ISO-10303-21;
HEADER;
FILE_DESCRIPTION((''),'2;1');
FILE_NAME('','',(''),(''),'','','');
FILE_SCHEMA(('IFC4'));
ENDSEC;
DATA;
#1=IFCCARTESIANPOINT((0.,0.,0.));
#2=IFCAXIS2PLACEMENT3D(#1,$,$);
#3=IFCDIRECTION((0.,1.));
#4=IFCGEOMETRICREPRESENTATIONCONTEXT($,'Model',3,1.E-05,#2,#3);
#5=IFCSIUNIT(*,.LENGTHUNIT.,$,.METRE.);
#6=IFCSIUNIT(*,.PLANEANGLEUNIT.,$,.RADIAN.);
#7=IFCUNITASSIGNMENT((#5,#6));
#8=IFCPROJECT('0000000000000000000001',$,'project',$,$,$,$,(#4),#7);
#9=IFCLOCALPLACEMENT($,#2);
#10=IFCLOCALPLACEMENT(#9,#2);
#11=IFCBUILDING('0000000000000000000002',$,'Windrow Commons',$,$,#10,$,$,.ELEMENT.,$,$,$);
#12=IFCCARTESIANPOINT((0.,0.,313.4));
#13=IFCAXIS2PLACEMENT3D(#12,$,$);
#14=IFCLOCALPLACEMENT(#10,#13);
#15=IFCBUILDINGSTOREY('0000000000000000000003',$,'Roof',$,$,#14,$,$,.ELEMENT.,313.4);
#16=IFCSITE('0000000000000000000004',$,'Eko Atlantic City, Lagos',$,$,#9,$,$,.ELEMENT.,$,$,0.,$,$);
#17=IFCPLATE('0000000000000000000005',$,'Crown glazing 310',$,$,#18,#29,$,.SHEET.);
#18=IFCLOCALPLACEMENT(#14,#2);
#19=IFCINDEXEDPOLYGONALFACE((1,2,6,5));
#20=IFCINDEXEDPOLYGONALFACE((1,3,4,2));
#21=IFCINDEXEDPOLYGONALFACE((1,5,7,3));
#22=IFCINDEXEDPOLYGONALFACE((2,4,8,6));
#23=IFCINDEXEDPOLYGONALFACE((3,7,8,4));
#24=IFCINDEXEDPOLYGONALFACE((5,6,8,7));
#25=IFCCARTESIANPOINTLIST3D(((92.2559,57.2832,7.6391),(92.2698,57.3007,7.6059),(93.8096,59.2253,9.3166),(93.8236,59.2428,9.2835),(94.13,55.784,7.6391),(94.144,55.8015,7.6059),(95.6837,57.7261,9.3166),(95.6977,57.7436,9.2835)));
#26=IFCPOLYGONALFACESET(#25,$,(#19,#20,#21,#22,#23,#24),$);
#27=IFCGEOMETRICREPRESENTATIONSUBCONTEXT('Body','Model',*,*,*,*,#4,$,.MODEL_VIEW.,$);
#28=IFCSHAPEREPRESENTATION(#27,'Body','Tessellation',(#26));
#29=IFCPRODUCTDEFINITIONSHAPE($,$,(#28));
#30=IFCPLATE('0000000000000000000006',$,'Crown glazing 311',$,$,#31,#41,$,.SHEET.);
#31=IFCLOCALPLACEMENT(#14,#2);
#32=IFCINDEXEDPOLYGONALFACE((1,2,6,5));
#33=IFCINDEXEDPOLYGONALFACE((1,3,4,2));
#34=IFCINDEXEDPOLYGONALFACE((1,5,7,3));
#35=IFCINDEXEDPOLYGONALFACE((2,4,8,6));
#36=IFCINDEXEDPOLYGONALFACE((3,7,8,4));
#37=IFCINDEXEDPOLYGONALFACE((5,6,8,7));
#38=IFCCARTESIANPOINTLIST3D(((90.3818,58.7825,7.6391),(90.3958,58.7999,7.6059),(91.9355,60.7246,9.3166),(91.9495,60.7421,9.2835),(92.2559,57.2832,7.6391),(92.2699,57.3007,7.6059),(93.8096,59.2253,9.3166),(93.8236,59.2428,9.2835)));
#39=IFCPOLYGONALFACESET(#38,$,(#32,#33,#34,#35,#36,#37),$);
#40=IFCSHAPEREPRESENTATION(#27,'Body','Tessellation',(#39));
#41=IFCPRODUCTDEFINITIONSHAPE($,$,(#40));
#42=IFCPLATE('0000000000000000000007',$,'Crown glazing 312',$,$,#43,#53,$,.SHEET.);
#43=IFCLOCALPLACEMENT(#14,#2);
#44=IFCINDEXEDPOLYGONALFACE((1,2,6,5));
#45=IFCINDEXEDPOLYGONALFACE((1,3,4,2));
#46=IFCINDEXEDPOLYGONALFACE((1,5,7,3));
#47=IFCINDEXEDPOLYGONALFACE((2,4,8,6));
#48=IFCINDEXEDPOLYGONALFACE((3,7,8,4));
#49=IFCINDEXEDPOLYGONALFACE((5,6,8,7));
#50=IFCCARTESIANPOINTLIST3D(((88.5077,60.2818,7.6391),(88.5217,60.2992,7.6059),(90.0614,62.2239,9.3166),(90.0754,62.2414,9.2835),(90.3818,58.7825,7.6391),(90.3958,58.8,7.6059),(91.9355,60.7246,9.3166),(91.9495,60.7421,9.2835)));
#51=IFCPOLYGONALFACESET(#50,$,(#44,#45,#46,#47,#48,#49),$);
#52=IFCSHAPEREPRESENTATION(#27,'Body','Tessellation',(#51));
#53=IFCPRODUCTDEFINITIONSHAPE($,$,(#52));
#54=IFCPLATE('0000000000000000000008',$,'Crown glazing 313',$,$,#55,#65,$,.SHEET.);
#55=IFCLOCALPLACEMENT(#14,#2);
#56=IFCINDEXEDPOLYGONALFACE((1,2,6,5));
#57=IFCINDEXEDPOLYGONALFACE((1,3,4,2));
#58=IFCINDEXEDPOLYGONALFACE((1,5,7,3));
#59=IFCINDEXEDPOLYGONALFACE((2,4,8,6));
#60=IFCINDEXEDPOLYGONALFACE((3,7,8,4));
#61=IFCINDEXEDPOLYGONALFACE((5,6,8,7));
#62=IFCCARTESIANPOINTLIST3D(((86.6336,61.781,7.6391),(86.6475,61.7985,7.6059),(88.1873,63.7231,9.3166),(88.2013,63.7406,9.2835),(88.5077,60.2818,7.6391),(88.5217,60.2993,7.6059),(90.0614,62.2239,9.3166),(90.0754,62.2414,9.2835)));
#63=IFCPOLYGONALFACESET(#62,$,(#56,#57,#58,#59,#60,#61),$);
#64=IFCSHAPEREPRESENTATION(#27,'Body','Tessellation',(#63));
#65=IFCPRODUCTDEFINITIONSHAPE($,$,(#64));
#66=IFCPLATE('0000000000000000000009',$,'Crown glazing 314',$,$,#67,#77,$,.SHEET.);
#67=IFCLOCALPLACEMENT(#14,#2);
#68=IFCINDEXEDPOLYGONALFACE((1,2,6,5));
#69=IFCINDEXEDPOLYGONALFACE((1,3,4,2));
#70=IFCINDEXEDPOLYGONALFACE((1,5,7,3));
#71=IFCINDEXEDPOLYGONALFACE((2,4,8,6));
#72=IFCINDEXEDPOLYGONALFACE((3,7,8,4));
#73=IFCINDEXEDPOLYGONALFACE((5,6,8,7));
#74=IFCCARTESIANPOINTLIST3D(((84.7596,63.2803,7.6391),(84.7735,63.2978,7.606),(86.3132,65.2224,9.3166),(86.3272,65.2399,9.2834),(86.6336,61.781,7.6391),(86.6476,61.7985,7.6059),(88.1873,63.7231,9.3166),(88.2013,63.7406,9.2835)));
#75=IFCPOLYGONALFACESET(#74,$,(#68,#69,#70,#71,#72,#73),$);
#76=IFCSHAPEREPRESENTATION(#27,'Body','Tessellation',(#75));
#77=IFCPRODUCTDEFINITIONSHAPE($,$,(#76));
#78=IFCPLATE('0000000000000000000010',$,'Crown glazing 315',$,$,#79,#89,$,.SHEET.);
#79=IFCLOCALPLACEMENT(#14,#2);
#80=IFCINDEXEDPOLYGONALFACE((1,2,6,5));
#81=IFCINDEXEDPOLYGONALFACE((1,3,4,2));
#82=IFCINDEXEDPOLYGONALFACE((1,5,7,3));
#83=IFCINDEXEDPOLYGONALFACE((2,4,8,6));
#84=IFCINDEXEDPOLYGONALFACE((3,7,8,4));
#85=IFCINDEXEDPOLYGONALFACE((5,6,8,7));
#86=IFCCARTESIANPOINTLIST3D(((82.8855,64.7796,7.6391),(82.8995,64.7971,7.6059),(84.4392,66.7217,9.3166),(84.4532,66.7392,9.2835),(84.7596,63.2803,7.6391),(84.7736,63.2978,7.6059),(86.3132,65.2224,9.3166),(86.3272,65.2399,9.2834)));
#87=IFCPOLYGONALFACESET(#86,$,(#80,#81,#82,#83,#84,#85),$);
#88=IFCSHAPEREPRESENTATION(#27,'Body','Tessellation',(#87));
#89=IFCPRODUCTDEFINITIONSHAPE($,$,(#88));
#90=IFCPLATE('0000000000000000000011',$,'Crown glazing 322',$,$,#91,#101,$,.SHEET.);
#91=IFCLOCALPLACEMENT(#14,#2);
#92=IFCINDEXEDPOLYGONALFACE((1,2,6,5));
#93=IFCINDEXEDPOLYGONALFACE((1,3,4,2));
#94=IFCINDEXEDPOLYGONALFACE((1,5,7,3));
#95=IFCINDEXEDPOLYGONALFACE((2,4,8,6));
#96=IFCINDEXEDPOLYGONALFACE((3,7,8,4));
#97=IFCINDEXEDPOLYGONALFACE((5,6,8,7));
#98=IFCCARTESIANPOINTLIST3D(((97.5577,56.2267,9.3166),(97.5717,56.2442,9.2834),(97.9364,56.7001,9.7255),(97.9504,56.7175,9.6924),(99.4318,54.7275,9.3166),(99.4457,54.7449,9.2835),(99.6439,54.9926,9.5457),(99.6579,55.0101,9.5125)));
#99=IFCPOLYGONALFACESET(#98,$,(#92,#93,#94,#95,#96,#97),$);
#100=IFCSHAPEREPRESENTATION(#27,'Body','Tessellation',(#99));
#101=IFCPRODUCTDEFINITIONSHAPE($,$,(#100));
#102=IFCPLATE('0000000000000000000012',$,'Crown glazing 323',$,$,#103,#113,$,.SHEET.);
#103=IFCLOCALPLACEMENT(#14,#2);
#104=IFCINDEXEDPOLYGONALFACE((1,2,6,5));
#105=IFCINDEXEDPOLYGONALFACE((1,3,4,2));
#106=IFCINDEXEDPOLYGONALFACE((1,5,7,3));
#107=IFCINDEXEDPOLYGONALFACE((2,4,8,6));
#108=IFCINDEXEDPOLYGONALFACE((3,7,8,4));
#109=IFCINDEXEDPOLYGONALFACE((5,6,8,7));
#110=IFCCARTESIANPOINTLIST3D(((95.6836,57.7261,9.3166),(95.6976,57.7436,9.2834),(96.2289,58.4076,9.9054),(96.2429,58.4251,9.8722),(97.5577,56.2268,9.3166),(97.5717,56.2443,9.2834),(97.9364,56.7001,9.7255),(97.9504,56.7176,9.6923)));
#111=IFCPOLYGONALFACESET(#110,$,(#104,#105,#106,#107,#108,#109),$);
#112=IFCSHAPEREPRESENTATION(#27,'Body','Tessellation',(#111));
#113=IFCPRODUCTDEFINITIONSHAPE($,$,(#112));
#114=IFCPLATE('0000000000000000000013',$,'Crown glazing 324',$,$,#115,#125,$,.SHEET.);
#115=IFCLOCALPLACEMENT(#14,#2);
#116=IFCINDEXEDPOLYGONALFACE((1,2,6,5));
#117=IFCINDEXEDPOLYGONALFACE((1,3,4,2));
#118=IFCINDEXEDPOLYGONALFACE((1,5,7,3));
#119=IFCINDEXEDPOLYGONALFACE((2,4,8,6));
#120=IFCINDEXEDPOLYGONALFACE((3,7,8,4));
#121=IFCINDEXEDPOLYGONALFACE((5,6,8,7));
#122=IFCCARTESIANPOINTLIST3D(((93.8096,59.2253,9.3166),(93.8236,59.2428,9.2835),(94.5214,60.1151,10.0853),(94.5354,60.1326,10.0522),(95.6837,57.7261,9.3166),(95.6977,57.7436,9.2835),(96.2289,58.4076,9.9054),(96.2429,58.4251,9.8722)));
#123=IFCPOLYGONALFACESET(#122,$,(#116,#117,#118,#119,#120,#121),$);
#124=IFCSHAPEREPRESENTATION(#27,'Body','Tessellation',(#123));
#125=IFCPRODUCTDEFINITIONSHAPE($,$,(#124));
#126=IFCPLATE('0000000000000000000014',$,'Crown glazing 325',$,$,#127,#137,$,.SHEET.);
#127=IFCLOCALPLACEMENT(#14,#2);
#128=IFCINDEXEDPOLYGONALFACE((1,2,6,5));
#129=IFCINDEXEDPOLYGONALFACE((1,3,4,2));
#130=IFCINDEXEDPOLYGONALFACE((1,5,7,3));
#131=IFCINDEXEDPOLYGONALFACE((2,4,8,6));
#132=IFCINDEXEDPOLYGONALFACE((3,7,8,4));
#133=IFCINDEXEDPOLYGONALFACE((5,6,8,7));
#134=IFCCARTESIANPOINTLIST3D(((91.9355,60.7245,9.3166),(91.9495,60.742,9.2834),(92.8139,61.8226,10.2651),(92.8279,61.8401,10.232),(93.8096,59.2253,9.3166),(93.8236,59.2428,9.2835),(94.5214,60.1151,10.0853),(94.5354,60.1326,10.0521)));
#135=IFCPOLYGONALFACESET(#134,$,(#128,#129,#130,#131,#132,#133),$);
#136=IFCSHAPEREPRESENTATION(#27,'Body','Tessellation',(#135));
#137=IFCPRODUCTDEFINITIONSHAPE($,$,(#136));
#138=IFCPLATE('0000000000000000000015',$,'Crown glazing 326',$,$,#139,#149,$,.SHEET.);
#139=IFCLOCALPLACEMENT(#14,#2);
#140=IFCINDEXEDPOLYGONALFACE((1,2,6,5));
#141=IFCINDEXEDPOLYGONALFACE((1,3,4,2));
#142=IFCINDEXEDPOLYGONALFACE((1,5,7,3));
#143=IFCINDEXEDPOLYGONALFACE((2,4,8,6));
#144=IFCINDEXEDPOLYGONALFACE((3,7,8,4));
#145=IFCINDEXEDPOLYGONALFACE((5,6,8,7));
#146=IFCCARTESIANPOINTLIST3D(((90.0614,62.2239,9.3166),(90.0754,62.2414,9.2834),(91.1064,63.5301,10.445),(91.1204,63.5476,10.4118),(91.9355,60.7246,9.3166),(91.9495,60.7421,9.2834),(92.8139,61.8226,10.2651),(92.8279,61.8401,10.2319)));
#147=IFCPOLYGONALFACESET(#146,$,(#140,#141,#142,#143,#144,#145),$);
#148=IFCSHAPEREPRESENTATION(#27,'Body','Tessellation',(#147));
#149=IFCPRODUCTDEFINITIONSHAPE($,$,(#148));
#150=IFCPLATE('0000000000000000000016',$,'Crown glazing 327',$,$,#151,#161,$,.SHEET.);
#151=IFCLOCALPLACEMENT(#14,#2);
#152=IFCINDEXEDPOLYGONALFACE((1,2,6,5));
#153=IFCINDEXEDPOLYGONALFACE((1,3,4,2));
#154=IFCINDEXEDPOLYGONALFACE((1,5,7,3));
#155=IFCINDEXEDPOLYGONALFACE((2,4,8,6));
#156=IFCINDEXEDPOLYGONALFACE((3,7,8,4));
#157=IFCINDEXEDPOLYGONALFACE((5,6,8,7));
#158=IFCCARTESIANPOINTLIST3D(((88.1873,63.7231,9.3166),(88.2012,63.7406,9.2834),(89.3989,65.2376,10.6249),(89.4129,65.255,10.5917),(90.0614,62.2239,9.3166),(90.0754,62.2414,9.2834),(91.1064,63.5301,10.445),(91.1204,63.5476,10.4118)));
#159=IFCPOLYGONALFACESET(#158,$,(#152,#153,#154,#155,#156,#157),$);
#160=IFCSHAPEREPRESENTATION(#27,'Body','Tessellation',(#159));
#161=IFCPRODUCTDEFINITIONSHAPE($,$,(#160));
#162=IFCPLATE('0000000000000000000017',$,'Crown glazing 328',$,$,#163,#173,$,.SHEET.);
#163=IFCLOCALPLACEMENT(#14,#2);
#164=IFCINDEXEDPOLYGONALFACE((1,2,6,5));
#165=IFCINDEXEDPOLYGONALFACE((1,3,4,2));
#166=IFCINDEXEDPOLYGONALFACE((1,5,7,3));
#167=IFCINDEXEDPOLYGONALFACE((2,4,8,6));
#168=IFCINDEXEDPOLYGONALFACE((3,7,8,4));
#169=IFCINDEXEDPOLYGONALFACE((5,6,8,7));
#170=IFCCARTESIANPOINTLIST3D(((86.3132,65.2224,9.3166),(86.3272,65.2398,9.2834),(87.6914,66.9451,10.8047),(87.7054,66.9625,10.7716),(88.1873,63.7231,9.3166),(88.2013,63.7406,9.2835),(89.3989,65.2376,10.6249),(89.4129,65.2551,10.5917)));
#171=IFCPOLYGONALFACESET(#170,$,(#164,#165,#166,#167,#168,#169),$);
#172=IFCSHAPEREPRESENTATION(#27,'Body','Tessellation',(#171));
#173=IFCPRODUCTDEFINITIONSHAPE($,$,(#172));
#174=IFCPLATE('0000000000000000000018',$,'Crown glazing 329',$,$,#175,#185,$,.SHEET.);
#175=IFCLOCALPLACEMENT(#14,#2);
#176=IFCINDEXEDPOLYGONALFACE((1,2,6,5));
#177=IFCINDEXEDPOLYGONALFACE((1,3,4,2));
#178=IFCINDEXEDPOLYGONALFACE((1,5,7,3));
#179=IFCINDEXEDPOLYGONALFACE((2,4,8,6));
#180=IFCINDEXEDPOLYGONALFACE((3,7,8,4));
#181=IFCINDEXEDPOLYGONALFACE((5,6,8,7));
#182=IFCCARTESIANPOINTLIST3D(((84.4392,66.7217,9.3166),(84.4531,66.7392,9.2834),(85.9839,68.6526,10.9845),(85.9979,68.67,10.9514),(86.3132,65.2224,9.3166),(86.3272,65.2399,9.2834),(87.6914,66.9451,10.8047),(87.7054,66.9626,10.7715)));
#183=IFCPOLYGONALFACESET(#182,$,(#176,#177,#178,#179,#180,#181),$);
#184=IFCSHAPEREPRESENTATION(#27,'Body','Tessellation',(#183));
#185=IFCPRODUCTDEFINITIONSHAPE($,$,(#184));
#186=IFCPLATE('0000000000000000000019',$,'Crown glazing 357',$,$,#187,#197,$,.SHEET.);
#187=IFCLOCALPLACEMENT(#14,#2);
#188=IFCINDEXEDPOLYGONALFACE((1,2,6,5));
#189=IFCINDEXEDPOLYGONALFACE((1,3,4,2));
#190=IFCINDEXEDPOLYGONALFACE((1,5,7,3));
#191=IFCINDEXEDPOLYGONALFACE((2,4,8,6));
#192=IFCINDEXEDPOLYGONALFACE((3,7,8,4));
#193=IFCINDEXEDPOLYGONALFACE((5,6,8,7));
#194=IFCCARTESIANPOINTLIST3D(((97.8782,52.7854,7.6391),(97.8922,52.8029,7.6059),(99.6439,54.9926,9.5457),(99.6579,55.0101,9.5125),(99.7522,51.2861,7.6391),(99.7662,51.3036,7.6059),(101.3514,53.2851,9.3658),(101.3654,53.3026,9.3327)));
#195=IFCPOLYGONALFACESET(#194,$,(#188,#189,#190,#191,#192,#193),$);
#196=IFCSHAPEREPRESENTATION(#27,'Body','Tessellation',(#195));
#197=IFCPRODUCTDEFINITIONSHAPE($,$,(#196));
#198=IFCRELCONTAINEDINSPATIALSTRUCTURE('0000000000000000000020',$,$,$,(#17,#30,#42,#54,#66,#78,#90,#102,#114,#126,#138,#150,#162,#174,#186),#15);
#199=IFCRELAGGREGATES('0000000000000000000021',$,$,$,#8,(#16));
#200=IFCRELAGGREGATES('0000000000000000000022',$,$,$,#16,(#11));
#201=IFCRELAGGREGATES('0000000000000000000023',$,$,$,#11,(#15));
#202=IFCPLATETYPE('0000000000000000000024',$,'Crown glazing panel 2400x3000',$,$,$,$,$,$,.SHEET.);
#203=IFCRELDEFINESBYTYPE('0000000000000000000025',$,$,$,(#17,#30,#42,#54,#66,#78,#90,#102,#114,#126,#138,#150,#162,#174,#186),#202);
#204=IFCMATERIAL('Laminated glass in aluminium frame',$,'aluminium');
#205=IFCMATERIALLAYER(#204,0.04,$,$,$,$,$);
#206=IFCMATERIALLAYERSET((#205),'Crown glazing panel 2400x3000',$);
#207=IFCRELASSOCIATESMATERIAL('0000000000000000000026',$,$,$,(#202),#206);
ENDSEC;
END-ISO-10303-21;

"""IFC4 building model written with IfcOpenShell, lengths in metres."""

from ifc_helpers import new_model, si_unit, direction, frame, origin, place, context, subcontext, project, spatial, polyline, outline, extrude, material, layer, layer_set, type_object, element, save


model = new_model("IFC4")

# Units and contexts
model_context = context("Model", 3, precision=1e-05, world=origin(), true_north=direction((0.0, 1.0)))
body_context = subcontext(model_context, "Body", "Model", "MODEL_VIEW")
ifc_project = project(units=[si_unit("LENGTHUNIT", "METRE"), si_unit("PLANEANGLEUNIT", "RADIAN")], contexts=[model_context])

# Site, building, storey
site_placement = place(None, origin())
site = spatial("IfcSite", under=ifc_project, at=site_placement, Name="Eko Atlantic City, Lagos", CompositionType="ELEMENT", RefElevation=0.0)
building_placement = place(site_placement, origin())
building = spatial("IfcBuilding", under=site, at=building_placement, Name="Windrow Commons", CompositionType="ELEMENT")
storey_placement = place(building_placement, frame((0.0, 0.0, 313.4)))
storey = spatial("IfcBuildingStorey", under=building, at=storey_placement, Name="Roof", CompositionType="ELEMENT", Elevation=313.4)

# Plates
ifc_material_1 = material(Name="Laminated glass in aluminium frame", Category="aluminium")
ifc_layer = layer(ifc_material_1, 0.04)
ifc_layer_set = layer_set([ifc_layer], Name="Crown glazing panel 2400x3000")
plate_type = type_object("IfcPlateType", Name="Crown glazing panel 2400x3000", PredefinedType="SHEET", material=ifc_layer_set)
plate_1_placement = place(storey_placement, frame((94.13, 55.784, 7.6391), z_axis=(-0.349302, -0.436651, 0.82905), x_axis=(-0.780885, 0.624675, 0.0)))
element("IfcPlate", 1, at=plate_1_placement, inside=storey, type_object=plate_type, Name="Crown glazing 310", PredefinedType="SHEET", context=body_context, shape_type="SweptSolid", body=[
    extrude(outline(polyline([(0.0, 0.0), (2.4, 0.0), (2.3999, -3.0), (-0.0001, -3.0), (0.0, 0.0)])), origin(), (0.0, 0.0, -1.0), 0.04),
])
for number, where, z_axis, x_axis, name in (
    (2, (92.2559, 57.2832, 7.6391), (-0.349316, -0.43664, 0.82905), (-0.780865, 0.6247, 0.0), "Crown glazing 311"),
    (3, (90.3818, 58.7825, 7.6391), (-0.349316, -0.43664, 0.82905), (-0.780865, 0.6247, 0.0), "Crown glazing 312"),
):
    element("IfcPlate", number, at=place(storey_placement, frame(where, z_axis=z_axis, x_axis=x_axis)), inside=storey, type_object=plate_type, Name=name, PredefinedType="SHEET", context=body_context, shape_type="SweptSolid", body=[
        extrude(outline(polyline([(0.0, 0.0), (2.4, 0.0), (2.4, -3.0), (0.0, -3.0), (0.0, 0.0)])), origin(), (0.0, 0.0, -1.0), 0.04),
    ])
plate_2_placement = place(storey_placement, frame((88.5077, 60.2818, 7.6391), z_axis=(-0.349302, -0.436651, 0.82905), x_axis=(-0.780885, 0.624675, 0.0)))
element("IfcPlate", 4, at=plate_2_placement, inside=storey, type_object=plate_type, Name="Crown glazing 313", PredefinedType="SHEET", context=body_context, shape_type="SweptSolid", body=[
    extrude(outline(polyline([(0.0, 0.0), (2.4, 0.0), (2.3999, -3.0), (-0.0001, -3.0), (0.0, 0.0)])), origin(), (0.0, 0.0, -1.0), 0.04),
])
plate_3_placement = place(storey_placement, frame((86.6336, 61.781, 7.6391), z_axis=(-0.349325, -0.436639, 0.829047), x_axis=(-0.780851, 0.624717, 0.000006)))
element("IfcPlate", 5, at=plate_3_placement, inside=storey, type_object=plate_type, Name="Crown glazing 314", PredefinedType="SHEET", context=body_context, shape_type="SweptSolid", body=[
    extrude(outline(polyline([(0.0, 0.0), (2.4, 0.0), (2.4001, -2.9999), (0.0001, -3.0), (0.0, 0.0)])), origin(), (0.0, 0.0, -1.0), 0.04),
])
plate_4_placement = place(storey_placement, frame((84.7596, 63.2803, 7.6391), z_axis=(-0.349325, -0.436639, 0.829047), x_axis=(-0.780862, 0.624703, -0.000006)))
element("IfcPlate", 6, at=plate_4_placement, inside=storey, type_object=plate_type, Name="Crown glazing 315", PredefinedType="SHEET", context=body_context, shape_type="SweptSolid", body=[
    extrude(outline(polyline([(0.0, 0.0), (2.4, 0.0), (2.4, -3.0), (0.0001, -2.9999), (0.0, 0.0)])), origin(), (0.0, 0.0, -1.0), 0.04),
])
plate_5_placement = place(storey_placement, frame((99.6439, 54.9926, 9.5457), z_axis=(-0.349395, -0.43671, 0.82898), x_axis=(-0.517889, -0.647301, -0.559278)))
element("IfcPlate", 7, at=plate_5_placement, inside=storey, type_object=plate_type, Name="Crown glazing 322", PredefinedType="SHEET", context=body_context, shape_type="SweptSolid", body=[
    extrude(outline(polyline([(0.0, 0.0), (0.4096, 0.0), (0.4097, -2.4), (-0.3215, -2.4), (0.0, 0.0)])), origin(), (0.0, 0.0, -1.0), 0.04),
])
plate_6_placement = place(storey_placement, frame((97.9364, 56.7001, 9.7255), z_axis=(-0.349372, -0.436701, 0.828994), x_axis=(-0.517919, -0.647296, -0.559257)))
element("IfcPlate", 8, at=plate_6_placement, inside=storey, type_object=plate_type, Name="Crown glazing 323", PredefinedType="SHEET", context=body_context, shape_type="SweptSolid", body=[
    extrude(outline(polyline([(0.0, 0.0), (0.7312, 0.0), (0.7313, -2.4), (-0.3215, -2.4), (0.0, 0.0)])), origin(), (0.0, 0.0, -1.0), 0.04),
])
plate_7_placement = place(storey_placement, frame((96.2289, 58.4076, 9.9054), z_axis=(-0.349362, -0.436714, 0.828992), x_axis=(-0.517867, -0.647334, -0.559261)))
element("IfcPlate", 9, at=plate_7_placement, inside=storey, type_object=plate_type, Name="Crown glazing 324", PredefinedType="SHEET", context=body_context, shape_type="SweptSolid", body=[
    extrude(outline(polyline([(0.0, 0.0), (1.0528, 0.0), (1.0528, -2.4), (-0.3217, -2.4), (0.0, 0.0)])), origin(), (0.0, 0.0, -1.0), 0.04),
])
plate_8_placement = place(storey_placement, frame((94.5214, 60.1151, 10.0853), z_axis=(-0.349362, -0.436676, 0.829012), x_axis=(-0.517862, -0.647364, -0.559231)))
element("IfcPlate", 10, at=plate_8_placement, inside=storey, type_object=plate_type, Name="Crown glazing 325", PredefinedType="SHEET", context=body_context, shape_type="SweptSolid", body=[
    extrude(outline(polyline([(0.0, 0.0), (1.3745, 0.0), (1.3745, -2.4), (-0.3217, -2.4), (0.0, 0.0)])), origin(), (0.0, 0.0, -1.0), 0.04),
])
plate_9_placement = place(storey_placement, frame((92.8139, 61.8226, 10.2651), z_axis=(-0.349342, -0.436679, 0.829018), x_axis=(-0.517884, -0.647355, -0.559221)))
element("IfcPlate", 11, at=plate_9_placement, inside=storey, type_object=plate_type, Name="Crown glazing 326", PredefinedType="SHEET", context=body_context, shape_type="SweptSolid", body=[
    extrude(outline(polyline([(0.0, 0.0), (1.6961, 0.0), (1.6961, -2.4), (-0.3217, -2.4), (0.0, 0.0)])), origin(), (0.0, 0.0, -1.0), 0.04),
])
plate_10_placement = place(storey_placement, frame((91.1064, 63.5301, 10.445), z_axis=(-0.349335, -0.436685, 0.829018), x_axis=(-0.517896, -0.647345, -0.559222)))
element("IfcPlate", 12, at=plate_10_placement, inside=storey, type_object=plate_type, Name="Crown glazing 327", PredefinedType="SHEET", context=body_context, shape_type="SweptSolid", body=[
    extrude(outline(polyline([(0.0, 0.0), (2.0178, 0.0), (2.0179, -2.4), (-0.3216, -2.4), (0.0, 0.0)])), origin(), (0.0, 0.0, -1.0), 0.04),
])
plate_11_placement = place(storey_placement, frame((89.3989, 65.2376, 10.6249), z_axis=(-0.349347, -0.436659, 0.829027), x_axis=(-0.517889, -0.647361, -0.559209)))
element("IfcPlate", 13, at=plate_11_placement, inside=storey, type_object=plate_type, Name="Crown glazing 328", PredefinedType="SHEET", context=body_context, shape_type="SweptSolid", body=[
    extrude(outline(polyline([(0.0, 0.0), (2.3395, 0.0), (2.3395, -2.4), (-0.3216, -2.4), (0.0, 0.0)])), origin(), (0.0, 0.0, -1.0), 0.04),
])
plate_12_placement = place(storey_placement, frame((87.6914, 66.9451, 10.8047), z_axis=(-0.34934, -0.436666, 0.829026), x_axis=(-0.517898, -0.647353, -0.55921)))
element("IfcPlate", 14, at=plate_12_placement, inside=storey, type_object=plate_type, Name="Crown glazing 329", PredefinedType="SHEET", context=body_context, shape_type="SweptSolid", body=[
    extrude(outline(polyline([(0.0, 0.0), (2.6611, 0.0), (2.6611, -2.4), (-0.3216, -2.4), (0.0, 0.0)])), origin(), (0.0, 0.0, -1.0), 0.04),
])
plate_13_placement = place(storey_placement, frame((97.8782, 52.7854, 7.6391), z_axis=(-0.349331, -0.436657, 0.829035), x_axis=(0.517883, 0.647376, 0.559197)))
element("IfcPlate", 15, at=plate_13_placement, inside=storey, type_object=plate_type, Name="Crown glazing 357", PredefinedType="SHEET", context=body_context, shape_type="SweptSolid", body=[
    extrude(outline(polyline([(0.0, 0.0), (3.4095, 0.0), (3.0878, -2.4), (-0.0001, -2.4), (0.0, 0.0)])), origin(), (0.0, 0.0, -1.0), 0.04),
])

save(model, "model.ifc")
